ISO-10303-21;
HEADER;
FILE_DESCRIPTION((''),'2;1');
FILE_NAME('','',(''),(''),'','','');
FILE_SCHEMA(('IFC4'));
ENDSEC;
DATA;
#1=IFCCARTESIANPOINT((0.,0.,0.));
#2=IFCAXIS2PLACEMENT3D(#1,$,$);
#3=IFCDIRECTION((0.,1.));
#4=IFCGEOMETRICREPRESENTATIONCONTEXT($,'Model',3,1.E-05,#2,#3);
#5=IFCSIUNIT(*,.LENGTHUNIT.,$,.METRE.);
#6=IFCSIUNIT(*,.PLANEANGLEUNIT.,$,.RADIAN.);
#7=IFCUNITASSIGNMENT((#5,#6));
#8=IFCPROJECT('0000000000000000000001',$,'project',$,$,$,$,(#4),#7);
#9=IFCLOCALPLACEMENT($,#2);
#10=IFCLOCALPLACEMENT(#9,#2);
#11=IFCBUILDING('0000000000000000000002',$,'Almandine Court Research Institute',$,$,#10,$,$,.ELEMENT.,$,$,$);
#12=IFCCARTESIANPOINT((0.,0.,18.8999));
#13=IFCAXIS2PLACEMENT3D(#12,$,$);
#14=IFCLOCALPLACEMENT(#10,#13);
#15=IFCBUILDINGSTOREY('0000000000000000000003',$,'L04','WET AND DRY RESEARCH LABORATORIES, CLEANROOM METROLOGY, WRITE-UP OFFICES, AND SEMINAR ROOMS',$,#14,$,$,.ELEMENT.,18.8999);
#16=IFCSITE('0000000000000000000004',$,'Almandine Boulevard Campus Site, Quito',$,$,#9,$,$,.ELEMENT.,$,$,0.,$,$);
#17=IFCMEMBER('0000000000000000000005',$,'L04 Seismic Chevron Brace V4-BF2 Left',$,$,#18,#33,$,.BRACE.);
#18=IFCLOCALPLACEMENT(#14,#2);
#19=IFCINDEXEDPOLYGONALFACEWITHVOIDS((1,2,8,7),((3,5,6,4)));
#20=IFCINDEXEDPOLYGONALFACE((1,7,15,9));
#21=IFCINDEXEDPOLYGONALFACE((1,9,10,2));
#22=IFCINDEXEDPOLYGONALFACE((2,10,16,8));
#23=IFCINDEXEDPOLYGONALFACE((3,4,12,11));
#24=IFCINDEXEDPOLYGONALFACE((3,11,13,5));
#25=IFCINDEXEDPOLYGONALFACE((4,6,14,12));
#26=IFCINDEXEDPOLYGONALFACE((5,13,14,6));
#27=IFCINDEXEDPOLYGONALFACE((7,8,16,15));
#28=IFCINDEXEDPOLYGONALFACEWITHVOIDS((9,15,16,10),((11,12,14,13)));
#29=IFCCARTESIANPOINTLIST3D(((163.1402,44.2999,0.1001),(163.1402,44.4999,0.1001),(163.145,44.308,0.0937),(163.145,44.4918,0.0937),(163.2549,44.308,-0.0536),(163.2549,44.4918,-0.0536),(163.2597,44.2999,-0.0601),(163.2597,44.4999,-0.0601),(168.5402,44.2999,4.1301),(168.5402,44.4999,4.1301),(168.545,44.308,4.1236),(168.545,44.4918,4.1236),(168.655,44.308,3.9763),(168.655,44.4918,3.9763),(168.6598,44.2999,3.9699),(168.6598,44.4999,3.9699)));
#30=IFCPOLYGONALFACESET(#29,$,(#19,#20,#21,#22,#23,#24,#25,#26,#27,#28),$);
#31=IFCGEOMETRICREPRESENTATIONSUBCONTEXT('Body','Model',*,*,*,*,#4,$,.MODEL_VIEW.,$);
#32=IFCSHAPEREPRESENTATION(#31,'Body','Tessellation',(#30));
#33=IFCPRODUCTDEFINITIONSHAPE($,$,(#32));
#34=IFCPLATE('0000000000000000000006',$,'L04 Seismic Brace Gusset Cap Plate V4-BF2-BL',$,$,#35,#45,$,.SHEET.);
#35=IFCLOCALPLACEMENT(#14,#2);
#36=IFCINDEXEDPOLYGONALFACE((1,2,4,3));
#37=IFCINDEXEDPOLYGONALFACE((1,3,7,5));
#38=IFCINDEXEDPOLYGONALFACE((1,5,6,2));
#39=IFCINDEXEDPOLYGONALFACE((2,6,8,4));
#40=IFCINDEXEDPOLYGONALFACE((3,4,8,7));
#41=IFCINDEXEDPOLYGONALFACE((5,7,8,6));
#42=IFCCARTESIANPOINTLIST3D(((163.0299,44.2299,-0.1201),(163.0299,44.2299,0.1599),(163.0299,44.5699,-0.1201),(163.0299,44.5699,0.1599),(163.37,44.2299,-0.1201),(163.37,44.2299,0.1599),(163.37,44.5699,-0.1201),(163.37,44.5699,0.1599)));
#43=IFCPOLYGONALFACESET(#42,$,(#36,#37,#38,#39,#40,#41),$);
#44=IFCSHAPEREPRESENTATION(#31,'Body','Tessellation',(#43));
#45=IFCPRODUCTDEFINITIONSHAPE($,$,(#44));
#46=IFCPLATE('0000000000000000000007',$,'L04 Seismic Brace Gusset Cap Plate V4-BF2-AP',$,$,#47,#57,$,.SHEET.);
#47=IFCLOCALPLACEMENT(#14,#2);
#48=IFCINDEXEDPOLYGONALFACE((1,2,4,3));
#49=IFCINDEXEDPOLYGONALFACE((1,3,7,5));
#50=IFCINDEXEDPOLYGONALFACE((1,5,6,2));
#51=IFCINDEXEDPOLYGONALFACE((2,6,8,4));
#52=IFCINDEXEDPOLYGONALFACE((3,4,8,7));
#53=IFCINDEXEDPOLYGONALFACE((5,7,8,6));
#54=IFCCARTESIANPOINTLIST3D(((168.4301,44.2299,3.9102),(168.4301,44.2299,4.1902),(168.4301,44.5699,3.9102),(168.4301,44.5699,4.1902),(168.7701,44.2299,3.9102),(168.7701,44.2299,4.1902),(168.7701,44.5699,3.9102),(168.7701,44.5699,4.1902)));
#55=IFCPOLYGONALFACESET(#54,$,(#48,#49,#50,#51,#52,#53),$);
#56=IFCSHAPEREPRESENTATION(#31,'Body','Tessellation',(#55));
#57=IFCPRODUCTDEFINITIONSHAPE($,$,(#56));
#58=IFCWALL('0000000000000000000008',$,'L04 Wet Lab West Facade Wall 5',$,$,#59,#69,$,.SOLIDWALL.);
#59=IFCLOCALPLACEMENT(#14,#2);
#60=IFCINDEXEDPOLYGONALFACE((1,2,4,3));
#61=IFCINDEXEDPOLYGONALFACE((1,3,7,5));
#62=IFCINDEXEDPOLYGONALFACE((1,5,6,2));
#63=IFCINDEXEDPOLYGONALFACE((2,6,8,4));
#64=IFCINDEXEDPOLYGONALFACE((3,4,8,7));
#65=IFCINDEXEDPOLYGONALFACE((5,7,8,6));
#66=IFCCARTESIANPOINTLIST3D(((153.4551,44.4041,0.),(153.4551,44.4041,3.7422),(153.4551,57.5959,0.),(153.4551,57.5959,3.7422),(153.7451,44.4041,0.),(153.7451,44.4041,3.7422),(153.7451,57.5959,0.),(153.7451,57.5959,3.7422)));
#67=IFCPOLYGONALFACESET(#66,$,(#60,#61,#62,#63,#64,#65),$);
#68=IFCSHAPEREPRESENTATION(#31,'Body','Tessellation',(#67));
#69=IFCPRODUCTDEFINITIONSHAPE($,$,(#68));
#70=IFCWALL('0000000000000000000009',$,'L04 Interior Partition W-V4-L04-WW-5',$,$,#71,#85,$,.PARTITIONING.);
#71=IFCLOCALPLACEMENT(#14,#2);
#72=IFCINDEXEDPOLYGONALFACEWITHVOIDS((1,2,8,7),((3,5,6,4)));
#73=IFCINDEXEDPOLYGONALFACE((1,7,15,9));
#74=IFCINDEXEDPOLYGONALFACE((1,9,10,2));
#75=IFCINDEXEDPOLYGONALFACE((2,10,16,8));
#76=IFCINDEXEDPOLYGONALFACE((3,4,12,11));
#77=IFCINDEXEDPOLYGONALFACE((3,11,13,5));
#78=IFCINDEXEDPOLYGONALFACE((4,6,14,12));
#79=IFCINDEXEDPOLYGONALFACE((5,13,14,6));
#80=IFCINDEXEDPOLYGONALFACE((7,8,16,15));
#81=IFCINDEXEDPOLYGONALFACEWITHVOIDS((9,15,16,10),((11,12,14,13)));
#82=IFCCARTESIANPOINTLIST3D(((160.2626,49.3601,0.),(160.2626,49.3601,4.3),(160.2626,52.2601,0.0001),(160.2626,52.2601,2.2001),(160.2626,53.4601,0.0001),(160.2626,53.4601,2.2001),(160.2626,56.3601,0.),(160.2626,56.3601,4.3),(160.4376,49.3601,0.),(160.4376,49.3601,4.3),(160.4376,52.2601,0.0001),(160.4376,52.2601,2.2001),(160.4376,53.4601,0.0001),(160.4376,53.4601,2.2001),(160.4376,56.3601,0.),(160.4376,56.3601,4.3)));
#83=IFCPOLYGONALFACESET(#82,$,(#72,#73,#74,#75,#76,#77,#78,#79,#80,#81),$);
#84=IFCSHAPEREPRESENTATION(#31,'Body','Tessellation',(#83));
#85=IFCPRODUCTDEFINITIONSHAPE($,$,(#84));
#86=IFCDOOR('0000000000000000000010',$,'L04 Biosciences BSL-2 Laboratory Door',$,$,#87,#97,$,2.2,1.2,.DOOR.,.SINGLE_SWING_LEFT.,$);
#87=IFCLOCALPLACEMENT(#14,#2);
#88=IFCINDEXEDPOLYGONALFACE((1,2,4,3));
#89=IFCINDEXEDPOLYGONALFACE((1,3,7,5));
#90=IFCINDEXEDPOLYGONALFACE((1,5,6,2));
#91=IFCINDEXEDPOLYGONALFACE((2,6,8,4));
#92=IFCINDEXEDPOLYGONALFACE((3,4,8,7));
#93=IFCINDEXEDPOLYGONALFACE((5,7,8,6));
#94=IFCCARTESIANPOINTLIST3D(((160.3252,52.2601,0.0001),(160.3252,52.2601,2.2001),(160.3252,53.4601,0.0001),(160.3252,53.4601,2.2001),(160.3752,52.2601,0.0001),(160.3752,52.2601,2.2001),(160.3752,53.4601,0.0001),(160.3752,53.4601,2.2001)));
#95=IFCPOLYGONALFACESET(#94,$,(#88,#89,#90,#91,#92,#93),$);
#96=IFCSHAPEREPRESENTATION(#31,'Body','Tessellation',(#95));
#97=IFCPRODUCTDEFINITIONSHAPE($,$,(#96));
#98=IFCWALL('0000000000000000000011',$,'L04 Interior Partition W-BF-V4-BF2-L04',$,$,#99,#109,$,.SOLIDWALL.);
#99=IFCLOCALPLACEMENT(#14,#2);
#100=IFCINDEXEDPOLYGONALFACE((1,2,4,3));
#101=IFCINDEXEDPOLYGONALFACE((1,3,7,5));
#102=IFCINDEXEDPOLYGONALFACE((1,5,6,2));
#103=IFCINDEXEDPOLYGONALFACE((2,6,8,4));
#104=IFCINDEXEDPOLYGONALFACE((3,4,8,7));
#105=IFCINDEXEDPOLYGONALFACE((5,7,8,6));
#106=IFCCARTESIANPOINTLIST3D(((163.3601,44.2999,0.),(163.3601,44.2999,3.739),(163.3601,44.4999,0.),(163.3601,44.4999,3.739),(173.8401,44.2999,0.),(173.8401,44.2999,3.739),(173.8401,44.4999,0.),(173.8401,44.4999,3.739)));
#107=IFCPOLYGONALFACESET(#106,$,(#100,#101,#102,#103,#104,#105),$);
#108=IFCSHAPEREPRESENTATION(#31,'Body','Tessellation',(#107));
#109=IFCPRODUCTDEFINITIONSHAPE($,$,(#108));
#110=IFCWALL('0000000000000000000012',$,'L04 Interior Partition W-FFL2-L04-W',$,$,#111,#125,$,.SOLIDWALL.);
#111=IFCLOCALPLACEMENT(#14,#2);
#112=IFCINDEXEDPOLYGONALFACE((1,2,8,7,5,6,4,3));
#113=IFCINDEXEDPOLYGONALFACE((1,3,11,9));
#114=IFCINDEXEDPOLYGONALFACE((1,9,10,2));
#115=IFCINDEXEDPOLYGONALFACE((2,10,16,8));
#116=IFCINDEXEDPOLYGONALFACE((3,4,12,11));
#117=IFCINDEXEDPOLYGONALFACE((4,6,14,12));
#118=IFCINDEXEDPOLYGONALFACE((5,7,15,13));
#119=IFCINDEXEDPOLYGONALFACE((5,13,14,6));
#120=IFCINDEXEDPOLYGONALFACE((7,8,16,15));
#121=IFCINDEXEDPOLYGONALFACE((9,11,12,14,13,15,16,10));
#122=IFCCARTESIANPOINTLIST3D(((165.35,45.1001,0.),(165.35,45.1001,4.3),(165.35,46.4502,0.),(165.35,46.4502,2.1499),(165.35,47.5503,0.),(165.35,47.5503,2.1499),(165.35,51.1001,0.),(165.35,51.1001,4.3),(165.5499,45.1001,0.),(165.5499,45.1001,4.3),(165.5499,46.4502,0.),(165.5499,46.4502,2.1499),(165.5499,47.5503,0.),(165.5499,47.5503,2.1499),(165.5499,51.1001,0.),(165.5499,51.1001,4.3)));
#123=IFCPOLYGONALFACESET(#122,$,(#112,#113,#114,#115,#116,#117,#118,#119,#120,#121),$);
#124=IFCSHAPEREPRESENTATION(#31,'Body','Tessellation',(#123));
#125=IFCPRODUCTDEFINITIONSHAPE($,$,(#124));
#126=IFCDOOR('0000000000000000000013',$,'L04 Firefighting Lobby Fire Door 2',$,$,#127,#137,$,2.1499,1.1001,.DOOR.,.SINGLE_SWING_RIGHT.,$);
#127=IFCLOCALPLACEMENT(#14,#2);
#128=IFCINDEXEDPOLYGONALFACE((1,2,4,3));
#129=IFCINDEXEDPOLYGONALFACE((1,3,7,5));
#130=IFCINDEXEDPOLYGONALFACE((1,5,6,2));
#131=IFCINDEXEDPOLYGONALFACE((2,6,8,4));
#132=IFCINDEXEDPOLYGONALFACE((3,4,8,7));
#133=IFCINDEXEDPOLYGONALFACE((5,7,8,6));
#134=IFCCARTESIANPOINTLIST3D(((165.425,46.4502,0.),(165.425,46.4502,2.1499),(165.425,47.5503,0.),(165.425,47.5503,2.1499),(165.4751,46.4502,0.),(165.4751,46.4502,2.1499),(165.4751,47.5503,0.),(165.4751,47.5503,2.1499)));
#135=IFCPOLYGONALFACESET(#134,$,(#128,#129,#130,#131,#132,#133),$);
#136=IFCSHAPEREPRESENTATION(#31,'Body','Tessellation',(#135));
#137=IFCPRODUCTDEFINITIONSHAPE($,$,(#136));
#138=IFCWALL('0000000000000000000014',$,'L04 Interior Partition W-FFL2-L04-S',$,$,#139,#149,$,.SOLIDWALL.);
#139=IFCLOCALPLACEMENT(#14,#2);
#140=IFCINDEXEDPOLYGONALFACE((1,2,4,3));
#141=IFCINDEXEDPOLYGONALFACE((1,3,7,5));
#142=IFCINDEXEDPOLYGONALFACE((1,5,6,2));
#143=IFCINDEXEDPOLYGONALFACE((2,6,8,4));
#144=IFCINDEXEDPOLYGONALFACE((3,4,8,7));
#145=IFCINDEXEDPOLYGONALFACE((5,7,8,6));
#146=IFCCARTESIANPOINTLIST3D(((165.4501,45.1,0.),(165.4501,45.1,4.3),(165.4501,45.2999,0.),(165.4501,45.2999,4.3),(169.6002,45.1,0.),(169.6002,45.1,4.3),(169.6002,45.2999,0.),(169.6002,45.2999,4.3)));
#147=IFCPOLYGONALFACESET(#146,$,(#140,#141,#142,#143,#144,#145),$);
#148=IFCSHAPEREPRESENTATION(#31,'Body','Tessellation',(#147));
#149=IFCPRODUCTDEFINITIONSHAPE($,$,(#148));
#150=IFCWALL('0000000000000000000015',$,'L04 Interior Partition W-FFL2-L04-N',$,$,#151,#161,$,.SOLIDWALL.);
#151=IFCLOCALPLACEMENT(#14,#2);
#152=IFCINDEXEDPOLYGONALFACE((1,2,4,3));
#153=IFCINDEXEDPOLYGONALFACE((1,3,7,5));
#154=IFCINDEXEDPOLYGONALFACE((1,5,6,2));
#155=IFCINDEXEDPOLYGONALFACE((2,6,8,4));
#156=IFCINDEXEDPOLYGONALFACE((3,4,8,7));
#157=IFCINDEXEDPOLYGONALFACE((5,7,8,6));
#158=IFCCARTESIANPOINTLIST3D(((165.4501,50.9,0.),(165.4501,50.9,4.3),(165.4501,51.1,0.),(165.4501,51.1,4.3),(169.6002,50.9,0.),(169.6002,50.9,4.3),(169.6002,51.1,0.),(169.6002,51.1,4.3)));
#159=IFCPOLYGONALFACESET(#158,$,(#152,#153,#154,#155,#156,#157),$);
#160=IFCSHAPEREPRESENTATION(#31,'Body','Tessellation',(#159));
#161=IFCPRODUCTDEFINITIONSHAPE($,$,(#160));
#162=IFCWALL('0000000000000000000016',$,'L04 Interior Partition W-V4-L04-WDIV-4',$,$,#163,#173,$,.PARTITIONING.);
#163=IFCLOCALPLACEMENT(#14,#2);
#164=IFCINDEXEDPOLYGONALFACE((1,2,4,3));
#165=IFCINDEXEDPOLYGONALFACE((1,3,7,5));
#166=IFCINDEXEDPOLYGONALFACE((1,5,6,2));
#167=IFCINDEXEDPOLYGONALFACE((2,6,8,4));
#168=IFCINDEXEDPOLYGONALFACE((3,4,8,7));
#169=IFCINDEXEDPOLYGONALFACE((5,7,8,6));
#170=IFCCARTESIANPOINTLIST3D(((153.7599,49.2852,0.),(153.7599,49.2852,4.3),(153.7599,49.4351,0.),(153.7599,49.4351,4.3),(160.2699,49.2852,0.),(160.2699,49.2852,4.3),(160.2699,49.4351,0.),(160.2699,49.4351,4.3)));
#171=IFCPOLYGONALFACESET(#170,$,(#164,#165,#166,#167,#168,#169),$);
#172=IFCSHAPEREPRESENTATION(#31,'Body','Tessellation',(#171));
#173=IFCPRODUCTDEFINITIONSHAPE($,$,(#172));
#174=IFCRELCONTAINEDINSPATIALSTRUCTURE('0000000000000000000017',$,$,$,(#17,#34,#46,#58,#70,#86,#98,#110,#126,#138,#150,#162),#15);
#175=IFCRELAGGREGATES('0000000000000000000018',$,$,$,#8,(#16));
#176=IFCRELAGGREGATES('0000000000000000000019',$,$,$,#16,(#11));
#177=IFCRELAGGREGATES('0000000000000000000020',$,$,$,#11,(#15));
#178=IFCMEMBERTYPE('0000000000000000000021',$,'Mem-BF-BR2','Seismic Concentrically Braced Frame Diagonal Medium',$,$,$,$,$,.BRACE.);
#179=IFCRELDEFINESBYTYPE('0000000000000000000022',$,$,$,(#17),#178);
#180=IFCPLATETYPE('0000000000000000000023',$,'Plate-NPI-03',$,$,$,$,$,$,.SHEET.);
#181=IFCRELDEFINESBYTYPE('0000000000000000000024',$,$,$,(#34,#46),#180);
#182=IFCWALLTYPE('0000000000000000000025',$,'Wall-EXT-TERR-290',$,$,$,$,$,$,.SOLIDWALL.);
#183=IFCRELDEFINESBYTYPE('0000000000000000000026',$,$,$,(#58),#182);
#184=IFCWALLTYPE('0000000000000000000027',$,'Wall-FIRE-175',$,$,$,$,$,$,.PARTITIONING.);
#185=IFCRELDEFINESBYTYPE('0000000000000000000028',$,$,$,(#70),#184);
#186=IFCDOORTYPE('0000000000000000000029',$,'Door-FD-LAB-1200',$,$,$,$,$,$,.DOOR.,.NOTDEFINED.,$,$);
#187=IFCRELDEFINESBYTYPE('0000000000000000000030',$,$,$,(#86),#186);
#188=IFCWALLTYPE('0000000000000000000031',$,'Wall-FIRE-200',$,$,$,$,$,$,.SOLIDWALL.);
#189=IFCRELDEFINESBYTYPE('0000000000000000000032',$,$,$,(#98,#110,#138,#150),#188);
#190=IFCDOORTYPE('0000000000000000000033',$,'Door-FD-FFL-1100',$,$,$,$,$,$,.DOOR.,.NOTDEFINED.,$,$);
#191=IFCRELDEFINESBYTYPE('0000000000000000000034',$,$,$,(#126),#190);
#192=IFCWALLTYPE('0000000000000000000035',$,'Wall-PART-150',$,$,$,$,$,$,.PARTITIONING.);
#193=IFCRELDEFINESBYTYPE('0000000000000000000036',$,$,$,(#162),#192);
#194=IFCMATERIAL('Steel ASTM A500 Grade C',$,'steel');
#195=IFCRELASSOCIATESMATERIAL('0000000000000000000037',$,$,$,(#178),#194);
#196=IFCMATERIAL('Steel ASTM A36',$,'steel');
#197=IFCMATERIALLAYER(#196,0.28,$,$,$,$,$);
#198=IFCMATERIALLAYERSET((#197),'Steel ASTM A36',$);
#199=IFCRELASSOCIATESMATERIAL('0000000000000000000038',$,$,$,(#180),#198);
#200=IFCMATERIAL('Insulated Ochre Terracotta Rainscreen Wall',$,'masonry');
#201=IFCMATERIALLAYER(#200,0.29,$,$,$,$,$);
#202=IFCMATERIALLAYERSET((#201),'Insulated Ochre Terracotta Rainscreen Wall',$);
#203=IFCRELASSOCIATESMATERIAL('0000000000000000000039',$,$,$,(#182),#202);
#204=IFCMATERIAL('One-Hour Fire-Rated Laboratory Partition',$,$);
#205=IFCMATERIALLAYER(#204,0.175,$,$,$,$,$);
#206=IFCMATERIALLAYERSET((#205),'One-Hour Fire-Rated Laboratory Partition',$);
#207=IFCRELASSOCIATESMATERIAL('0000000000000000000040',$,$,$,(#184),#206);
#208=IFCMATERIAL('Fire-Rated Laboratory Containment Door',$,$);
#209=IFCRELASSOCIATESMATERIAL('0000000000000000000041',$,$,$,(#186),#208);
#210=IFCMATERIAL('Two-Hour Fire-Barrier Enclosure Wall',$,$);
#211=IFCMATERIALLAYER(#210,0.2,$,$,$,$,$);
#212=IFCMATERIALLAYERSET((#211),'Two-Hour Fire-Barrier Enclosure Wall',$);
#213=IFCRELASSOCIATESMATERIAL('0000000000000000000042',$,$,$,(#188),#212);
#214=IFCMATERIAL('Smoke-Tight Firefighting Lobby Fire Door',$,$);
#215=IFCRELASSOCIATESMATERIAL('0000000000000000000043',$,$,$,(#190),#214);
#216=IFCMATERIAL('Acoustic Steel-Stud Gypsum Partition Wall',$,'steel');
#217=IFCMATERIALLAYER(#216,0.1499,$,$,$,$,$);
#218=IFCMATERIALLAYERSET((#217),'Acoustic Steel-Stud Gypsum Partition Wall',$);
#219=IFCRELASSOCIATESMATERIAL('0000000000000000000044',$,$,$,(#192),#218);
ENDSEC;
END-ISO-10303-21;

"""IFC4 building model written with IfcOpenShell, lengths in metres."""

from ifc_helpers import new_model, si_unit, direction, frame, frame_2d, origin, origin_2d, place, context, subcontext, project, spatial, rectangle, hollow_rectangle, extrude, material, layer, layer_set, material_profile, profile_set, type_object, element, fill, save


model = new_model("IFC4")

# Units and contexts
model_context = context("Model", 3, precision=1e-05, world=origin(), true_north=direction((0.0, 1.0)))
body_context = subcontext(model_context, "Body", "Model", "MODEL_VIEW")
ifc_project = project(units=[si_unit("LENGTHUNIT", "METRE"), si_unit("PLANEANGLEUNIT", "RADIAN")], contexts=[model_context])

# Site, building, storey
site_placement = place(None, origin())
site = spatial("IfcSite", under=ifc_project, at=site_placement, Name="Almandine Boulevard Campus Site, Quito", CompositionType="ELEMENT", RefElevation=0.0)
building_placement = place(site_placement, origin())
building = spatial("IfcBuilding", under=site, at=building_placement, Name="Almandine Court Research Institute", CompositionType="ELEMENT")
storey_placement = place(building_placement, frame((0.0, 0.0, 18.8999)))
storey = spatial("IfcBuildingStorey", under=building, at=storey_placement, Name="L04", Description="WET AND DRY RESEARCH LABORATORIES, CLEANROOM METROLOGY, WRITE-UP OFFICES, AND SEMINAR ROOMS", CompositionType="ELEMENT", Elevation=18.8999)

# Member
ifc_material_1 = material(Name="Steel ASTM A500 Grade C", Category="steel")
ifc_material_profile_1 = material_profile(ifc_material_1, hollow_rectangle(XDim=0.2, YDim=0.2, WallThickness=0.0081, at=origin_2d()), Name="HSS 200x200x8")
ifc_profile_set_1 = profile_set([ifc_material_profile_1], Name="Steel ASTM A500 Grade C")
member_type = type_object("IfcMemberType", Name="Mem-BF-BR2", Description="Seismic Concentrically Braced Frame Diagonal Medium", PredefinedType="BRACE", material=ifc_profile_set_1)
member_placement = place(storey_placement, frame((163.2, 44.3999, 0.02), z_axis=(0.801428, 0.0, 0.598091), x_axis=(0.0, 1.0, 0.0)))
element("IfcMember", 1, at=member_placement, inside=storey, type_object=member_type, Name="L04 Seismic Chevron Brace V4-BF2 Left", PredefinedType="BRACE", context=body_context, shape_type="SweptSolid", body=[
    extrude(hollow_rectangle(XDim=0.2, YDim=0.2, WallThickness=0.0081, at=origin_2d()), origin(), (0.0, 0.0, 1.0), 6.738),
])

# Plates
ifc_material_2 = material(Name="Steel ASTM A36", Category="steel")
ifc_layer_1 = layer(ifc_material_2, 0.28)
ifc_layer_set_1 = layer_set([ifc_layer_1], Name="Steel ASTM A36")
plate_type = type_object("IfcPlateType", Name="Plate-NPI-03", PredefinedType="SHEET", material=ifc_layer_set_1)
for number, where, z_axis, x_axis, name in (
    (2, (163.2, 44.3999, -0.1201), (0.0, 0.0, 1.0), (1.0, 0.0, 0.0), "L04 Seismic Brace Gusset Cap Plate V4-BF2-BL"),
    (3, (168.6001, 44.3999, 3.9102), (0.0, 0.0, 1.0), (1.0, 0.0, 0.0), "L04 Seismic Brace Gusset Cap Plate V4-BF2-AP"),
):
    element("IfcPlate", number, at=place(storey_placement, frame(where, z_axis=z_axis, x_axis=x_axis)), inside=storey, type_object=plate_type, Name=name, PredefinedType="SHEET", context=body_context, shape_type="SweptSolid", body=[
        extrude(rectangle(XDim=0.3401, YDim=0.3401, at=origin_2d()), origin(), (0.0, 0.0, 1.0), 0.28),
    ])

# Wall
ifc_material_3 = material(Name="Insulated Ochre Terracotta Rainscreen Wall", Category="masonry")
ifc_layer_2 = layer(ifc_material_3, 0.29)
ifc_layer_set_2 = layer_set([ifc_layer_2], Name="Insulated Ochre Terracotta Rainscreen Wall")
wall_type_1 = type_object("IfcWallType", Name="Wall-EXT-TERR-290", PredefinedType="SOLIDWALL", material=ifc_layer_set_2)
wall_1_placement = place(storey_placement, frame((153.6001, 44.4041, 0.0), z_axis=(0.0, 0.0, 1.0), x_axis=(0.0, 1.0, 0.0)))
element("IfcWall", 4, at=wall_1_placement, inside=storey, type_object=wall_type_1, Name="L04 Wet Lab West Facade Wall 5", PredefinedType="SOLIDWALL", context=body_context, shape_type="SweptSolid", body=[
    extrude(rectangle(XDim=13.1919, YDim=0.29, at=frame_2d((6.5959, 0.0))), origin(), (0.0, 0.0, 1.0), 3.7422),
])

# Wall, opening, door
ifc_material_4 = material(Name="One-Hour Fire-Rated Laboratory Partition")
ifc_layer_3 = layer(ifc_material_4, 0.175)
ifc_layer_set_3 = layer_set([ifc_layer_3], Name="One-Hour Fire-Rated Laboratory Partition")
wall_type_2 = type_object("IfcWallType", Name="Wall-FIRE-175", PredefinedType="PARTITIONING", material=ifc_layer_set_3)
wall_2_placement = place(storey_placement, frame((160.3501, 49.3601, 0.0), z_axis=(0.0, 0.0, 1.0), x_axis=(0.0, 1.0, 0.0)))
wall_2 = element("IfcWall", 5, at=wall_2_placement, inside=storey, type_object=wall_type_2, Name="L04 Interior Partition W-V4-L04-WW-5", PredefinedType="PARTITIONING", context=body_context, shape_type="SweptSolid", body=[
    extrude(rectangle(XDim=7.0, YDim=0.175, at=frame_2d((3.5, 0.0))), origin(), (0.0, 0.0, 1.0), 4.3),
])
opening_1_placement = place(wall_2_placement, frame((2.8999, 0.0, 0.0)))
opening_1 = element("IfcOpeningElement", 6, at=opening_1_placement, cuts=wall_2, PredefinedType="OPENING", context=body_context, shape_type="SweptSolid", body=[
    extrude(rectangle(XDim=1.2, YDim=2.2, at=frame_2d((0.6001, 1.1001))), frame((0.0, 0.0974, 0.0), z_axis=(0.0, -1.0, 0.0), x_axis=(1.0, 0.0, 0.0)), (0.0, 0.0, 1.0), 0.1951),
])
ifc_material_5 = material(Name="Fire-Rated Laboratory Containment Door")
door_type_1 = type_object("IfcDoorType", Name="Door-FD-LAB-1200", OperationType="NOTDEFINED", PredefinedType="DOOR", material=ifc_material_5)
door_1_placement = place(opening_1_placement, origin())
door_1 = element("IfcDoor", 7, at=door_1_placement, inside=storey, type_object=door_type_1, Name="L04 Biosciences BSL-2 Laboratory Door", OperationType="SINGLE_SWING_LEFT", OverallHeight=2.2, OverallWidth=1.2, PredefinedType="DOOR", context=body_context, shape_type="SweptSolid", body=[
    extrude(rectangle(XDim=1.2, YDim=2.2, at=frame_2d((0.6001, 1.1001))), frame((0.0, 0.0249, 0.0), z_axis=(0.0, -1.0, 0.0), x_axis=(1.0, 0.0, 0.0)), (0.0, 0.0, 1.0), 0.05),
])
fill(opening_1, door_1)

# Wall
ifc_material_6 = material(Name="Two-Hour Fire-Barrier Enclosure Wall")
ifc_layer_4 = layer(ifc_material_6, 0.2)
ifc_layer_set_4 = layer_set([ifc_layer_4], Name="Two-Hour Fire-Barrier Enclosure Wall")
wall_type_3 = type_object("IfcWallType", Name="Wall-FIRE-200", PredefinedType="SOLIDWALL", material=ifc_layer_set_4)
wall_3_placement = place(storey_placement, frame((163.3601, 44.3999, 0.0), z_axis=(0.0, 0.0, 1.0), x_axis=(1.0, 0.0, 0.0)))
element("IfcWall", 8, at=wall_3_placement, inside=storey, type_object=wall_type_3, Name="L04 Interior Partition W-BF-V4-BF2-L04", PredefinedType="SOLIDWALL", context=body_context, shape_type="SweptSolid", body=[
    extrude(rectangle(XDim=10.48, YDim=0.2, at=frame_2d((5.24, 0.0))), origin(), (0.0, 0.0, 1.0), 3.739),
])

# Wall, opening, door
wall_4_placement = place(storey_placement, frame((165.45, 45.1001, 0.0), z_axis=(0.0, 0.0, 1.0), x_axis=(0.0, 1.0, 0.0)))
wall_4 = element("IfcWall", 9, at=wall_4_placement, inside=storey, type_object=wall_type_3, Name="L04 Interior Partition W-FFL2-L04-W", PredefinedType="SOLIDWALL", context=body_context, shape_type="SweptSolid", body=[
    extrude(rectangle(XDim=6.0, YDim=0.2, at=frame_2d((3.0, 0.0))), origin(), (0.0, 0.0, 1.0), 4.3),
])
opening_2_placement = place(wall_4_placement, frame((1.3501, 0.0, 0.0)))
opening_2 = element("IfcOpeningElement", 10, at=opening_2_placement, cuts=wall_4, PredefinedType="OPENING", context=body_context, shape_type="SweptSolid", body=[
    extrude(rectangle(XDim=1.1001, YDim=2.1499, at=frame_2d((0.55, 1.075))), frame((0.0, 0.1099, 0.0), z_axis=(0.0, -1.0, 0.0), x_axis=(1.0, 0.0, 0.0)), (0.0, 0.0, 1.0), 0.22),
])
ifc_material_7 = material(Name="Smoke-Tight Firefighting Lobby Fire Door")
door_type_2 = type_object("IfcDoorType", Name="Door-FD-FFL-1100", OperationType="NOTDEFINED", PredefinedType="DOOR", material=ifc_material_7)
door_2_placement = place(opening_2_placement, origin())
door_2 = element("IfcDoor", 11, at=door_2_placement, inside=storey, type_object=door_type_2, Name="L04 Firefighting Lobby Fire Door 2", OperationType="SINGLE_SWING_RIGHT", OverallHeight=2.1499, OverallWidth=1.1001, PredefinedType="DOOR", context=body_context, shape_type="SweptSolid", body=[
    extrude(rectangle(XDim=1.1001, YDim=2.1499, at=frame_2d((0.55, 1.075))), frame((0.0, 0.0249, 0.0), z_axis=(0.0, -1.0, 0.0), x_axis=(1.0, 0.0, 0.0)), (0.0, 0.0, 1.0), 0.05),
])
fill(opening_2, door_2)

# Walls
for number, where, z_axis, x_axis, name in (
    (12, (165.45, 45.2, 0.0), (0.0, 0.0, 1.0), (1.0, 0.0, 0.0), "L04 Interior Partition W-FFL2-L04-S"),
    (13, (165.45, 51.0, 0.0), (0.0, 0.0, 1.0), (1.0, 0.0, 0.0), "L04 Interior Partition W-FFL2-L04-N"),
):
    element("IfcWall", number, at=place(storey_placement, frame(where, z_axis=z_axis, x_axis=x_axis)), inside=storey, type_object=wall_type_3, Name=name, PredefinedType="SOLIDWALL", context=body_context, shape_type="SweptSolid", body=[
        extrude(rectangle(XDim=4.1501, YDim=0.2, at=frame_2d((2.0752, 0.0))), origin(), (0.0, 0.0, 1.0), 4.3),
    ])
ifc_material_8 = material(Name="Acoustic Steel-Stud Gypsum Partition Wall", Category="steel")
ifc_layer_5 = layer(ifc_material_8, 0.1499)
ifc_layer_set_5 = layer_set([ifc_layer_5], Name="Acoustic Steel-Stud Gypsum Partition Wall")
wall_type_4 = type_object("IfcWallType", Name="Wall-PART-150", PredefinedType="PARTITIONING", material=ifc_layer_set_5)
wall_5_placement = place(storey_placement, frame((153.76, 49.3601, 0.0), z_axis=(0.0, 0.0, 1.0), x_axis=(1.0, 0.0, 0.0)))
element("IfcWall", 14, at=wall_5_placement, inside=storey, type_object=wall_type_4, Name="L04 Interior Partition W-V4-L04-WDIV-4", PredefinedType="PARTITIONING", context=body_context, shape_type="SweptSolid", body=[
    extrude(rectangle(XDim=6.51, YDim=0.1499, at=frame_2d((3.2549, 0.0))), origin(), (0.0, 0.0, 1.0), 4.3),
])

save(model, "model.ifc")
